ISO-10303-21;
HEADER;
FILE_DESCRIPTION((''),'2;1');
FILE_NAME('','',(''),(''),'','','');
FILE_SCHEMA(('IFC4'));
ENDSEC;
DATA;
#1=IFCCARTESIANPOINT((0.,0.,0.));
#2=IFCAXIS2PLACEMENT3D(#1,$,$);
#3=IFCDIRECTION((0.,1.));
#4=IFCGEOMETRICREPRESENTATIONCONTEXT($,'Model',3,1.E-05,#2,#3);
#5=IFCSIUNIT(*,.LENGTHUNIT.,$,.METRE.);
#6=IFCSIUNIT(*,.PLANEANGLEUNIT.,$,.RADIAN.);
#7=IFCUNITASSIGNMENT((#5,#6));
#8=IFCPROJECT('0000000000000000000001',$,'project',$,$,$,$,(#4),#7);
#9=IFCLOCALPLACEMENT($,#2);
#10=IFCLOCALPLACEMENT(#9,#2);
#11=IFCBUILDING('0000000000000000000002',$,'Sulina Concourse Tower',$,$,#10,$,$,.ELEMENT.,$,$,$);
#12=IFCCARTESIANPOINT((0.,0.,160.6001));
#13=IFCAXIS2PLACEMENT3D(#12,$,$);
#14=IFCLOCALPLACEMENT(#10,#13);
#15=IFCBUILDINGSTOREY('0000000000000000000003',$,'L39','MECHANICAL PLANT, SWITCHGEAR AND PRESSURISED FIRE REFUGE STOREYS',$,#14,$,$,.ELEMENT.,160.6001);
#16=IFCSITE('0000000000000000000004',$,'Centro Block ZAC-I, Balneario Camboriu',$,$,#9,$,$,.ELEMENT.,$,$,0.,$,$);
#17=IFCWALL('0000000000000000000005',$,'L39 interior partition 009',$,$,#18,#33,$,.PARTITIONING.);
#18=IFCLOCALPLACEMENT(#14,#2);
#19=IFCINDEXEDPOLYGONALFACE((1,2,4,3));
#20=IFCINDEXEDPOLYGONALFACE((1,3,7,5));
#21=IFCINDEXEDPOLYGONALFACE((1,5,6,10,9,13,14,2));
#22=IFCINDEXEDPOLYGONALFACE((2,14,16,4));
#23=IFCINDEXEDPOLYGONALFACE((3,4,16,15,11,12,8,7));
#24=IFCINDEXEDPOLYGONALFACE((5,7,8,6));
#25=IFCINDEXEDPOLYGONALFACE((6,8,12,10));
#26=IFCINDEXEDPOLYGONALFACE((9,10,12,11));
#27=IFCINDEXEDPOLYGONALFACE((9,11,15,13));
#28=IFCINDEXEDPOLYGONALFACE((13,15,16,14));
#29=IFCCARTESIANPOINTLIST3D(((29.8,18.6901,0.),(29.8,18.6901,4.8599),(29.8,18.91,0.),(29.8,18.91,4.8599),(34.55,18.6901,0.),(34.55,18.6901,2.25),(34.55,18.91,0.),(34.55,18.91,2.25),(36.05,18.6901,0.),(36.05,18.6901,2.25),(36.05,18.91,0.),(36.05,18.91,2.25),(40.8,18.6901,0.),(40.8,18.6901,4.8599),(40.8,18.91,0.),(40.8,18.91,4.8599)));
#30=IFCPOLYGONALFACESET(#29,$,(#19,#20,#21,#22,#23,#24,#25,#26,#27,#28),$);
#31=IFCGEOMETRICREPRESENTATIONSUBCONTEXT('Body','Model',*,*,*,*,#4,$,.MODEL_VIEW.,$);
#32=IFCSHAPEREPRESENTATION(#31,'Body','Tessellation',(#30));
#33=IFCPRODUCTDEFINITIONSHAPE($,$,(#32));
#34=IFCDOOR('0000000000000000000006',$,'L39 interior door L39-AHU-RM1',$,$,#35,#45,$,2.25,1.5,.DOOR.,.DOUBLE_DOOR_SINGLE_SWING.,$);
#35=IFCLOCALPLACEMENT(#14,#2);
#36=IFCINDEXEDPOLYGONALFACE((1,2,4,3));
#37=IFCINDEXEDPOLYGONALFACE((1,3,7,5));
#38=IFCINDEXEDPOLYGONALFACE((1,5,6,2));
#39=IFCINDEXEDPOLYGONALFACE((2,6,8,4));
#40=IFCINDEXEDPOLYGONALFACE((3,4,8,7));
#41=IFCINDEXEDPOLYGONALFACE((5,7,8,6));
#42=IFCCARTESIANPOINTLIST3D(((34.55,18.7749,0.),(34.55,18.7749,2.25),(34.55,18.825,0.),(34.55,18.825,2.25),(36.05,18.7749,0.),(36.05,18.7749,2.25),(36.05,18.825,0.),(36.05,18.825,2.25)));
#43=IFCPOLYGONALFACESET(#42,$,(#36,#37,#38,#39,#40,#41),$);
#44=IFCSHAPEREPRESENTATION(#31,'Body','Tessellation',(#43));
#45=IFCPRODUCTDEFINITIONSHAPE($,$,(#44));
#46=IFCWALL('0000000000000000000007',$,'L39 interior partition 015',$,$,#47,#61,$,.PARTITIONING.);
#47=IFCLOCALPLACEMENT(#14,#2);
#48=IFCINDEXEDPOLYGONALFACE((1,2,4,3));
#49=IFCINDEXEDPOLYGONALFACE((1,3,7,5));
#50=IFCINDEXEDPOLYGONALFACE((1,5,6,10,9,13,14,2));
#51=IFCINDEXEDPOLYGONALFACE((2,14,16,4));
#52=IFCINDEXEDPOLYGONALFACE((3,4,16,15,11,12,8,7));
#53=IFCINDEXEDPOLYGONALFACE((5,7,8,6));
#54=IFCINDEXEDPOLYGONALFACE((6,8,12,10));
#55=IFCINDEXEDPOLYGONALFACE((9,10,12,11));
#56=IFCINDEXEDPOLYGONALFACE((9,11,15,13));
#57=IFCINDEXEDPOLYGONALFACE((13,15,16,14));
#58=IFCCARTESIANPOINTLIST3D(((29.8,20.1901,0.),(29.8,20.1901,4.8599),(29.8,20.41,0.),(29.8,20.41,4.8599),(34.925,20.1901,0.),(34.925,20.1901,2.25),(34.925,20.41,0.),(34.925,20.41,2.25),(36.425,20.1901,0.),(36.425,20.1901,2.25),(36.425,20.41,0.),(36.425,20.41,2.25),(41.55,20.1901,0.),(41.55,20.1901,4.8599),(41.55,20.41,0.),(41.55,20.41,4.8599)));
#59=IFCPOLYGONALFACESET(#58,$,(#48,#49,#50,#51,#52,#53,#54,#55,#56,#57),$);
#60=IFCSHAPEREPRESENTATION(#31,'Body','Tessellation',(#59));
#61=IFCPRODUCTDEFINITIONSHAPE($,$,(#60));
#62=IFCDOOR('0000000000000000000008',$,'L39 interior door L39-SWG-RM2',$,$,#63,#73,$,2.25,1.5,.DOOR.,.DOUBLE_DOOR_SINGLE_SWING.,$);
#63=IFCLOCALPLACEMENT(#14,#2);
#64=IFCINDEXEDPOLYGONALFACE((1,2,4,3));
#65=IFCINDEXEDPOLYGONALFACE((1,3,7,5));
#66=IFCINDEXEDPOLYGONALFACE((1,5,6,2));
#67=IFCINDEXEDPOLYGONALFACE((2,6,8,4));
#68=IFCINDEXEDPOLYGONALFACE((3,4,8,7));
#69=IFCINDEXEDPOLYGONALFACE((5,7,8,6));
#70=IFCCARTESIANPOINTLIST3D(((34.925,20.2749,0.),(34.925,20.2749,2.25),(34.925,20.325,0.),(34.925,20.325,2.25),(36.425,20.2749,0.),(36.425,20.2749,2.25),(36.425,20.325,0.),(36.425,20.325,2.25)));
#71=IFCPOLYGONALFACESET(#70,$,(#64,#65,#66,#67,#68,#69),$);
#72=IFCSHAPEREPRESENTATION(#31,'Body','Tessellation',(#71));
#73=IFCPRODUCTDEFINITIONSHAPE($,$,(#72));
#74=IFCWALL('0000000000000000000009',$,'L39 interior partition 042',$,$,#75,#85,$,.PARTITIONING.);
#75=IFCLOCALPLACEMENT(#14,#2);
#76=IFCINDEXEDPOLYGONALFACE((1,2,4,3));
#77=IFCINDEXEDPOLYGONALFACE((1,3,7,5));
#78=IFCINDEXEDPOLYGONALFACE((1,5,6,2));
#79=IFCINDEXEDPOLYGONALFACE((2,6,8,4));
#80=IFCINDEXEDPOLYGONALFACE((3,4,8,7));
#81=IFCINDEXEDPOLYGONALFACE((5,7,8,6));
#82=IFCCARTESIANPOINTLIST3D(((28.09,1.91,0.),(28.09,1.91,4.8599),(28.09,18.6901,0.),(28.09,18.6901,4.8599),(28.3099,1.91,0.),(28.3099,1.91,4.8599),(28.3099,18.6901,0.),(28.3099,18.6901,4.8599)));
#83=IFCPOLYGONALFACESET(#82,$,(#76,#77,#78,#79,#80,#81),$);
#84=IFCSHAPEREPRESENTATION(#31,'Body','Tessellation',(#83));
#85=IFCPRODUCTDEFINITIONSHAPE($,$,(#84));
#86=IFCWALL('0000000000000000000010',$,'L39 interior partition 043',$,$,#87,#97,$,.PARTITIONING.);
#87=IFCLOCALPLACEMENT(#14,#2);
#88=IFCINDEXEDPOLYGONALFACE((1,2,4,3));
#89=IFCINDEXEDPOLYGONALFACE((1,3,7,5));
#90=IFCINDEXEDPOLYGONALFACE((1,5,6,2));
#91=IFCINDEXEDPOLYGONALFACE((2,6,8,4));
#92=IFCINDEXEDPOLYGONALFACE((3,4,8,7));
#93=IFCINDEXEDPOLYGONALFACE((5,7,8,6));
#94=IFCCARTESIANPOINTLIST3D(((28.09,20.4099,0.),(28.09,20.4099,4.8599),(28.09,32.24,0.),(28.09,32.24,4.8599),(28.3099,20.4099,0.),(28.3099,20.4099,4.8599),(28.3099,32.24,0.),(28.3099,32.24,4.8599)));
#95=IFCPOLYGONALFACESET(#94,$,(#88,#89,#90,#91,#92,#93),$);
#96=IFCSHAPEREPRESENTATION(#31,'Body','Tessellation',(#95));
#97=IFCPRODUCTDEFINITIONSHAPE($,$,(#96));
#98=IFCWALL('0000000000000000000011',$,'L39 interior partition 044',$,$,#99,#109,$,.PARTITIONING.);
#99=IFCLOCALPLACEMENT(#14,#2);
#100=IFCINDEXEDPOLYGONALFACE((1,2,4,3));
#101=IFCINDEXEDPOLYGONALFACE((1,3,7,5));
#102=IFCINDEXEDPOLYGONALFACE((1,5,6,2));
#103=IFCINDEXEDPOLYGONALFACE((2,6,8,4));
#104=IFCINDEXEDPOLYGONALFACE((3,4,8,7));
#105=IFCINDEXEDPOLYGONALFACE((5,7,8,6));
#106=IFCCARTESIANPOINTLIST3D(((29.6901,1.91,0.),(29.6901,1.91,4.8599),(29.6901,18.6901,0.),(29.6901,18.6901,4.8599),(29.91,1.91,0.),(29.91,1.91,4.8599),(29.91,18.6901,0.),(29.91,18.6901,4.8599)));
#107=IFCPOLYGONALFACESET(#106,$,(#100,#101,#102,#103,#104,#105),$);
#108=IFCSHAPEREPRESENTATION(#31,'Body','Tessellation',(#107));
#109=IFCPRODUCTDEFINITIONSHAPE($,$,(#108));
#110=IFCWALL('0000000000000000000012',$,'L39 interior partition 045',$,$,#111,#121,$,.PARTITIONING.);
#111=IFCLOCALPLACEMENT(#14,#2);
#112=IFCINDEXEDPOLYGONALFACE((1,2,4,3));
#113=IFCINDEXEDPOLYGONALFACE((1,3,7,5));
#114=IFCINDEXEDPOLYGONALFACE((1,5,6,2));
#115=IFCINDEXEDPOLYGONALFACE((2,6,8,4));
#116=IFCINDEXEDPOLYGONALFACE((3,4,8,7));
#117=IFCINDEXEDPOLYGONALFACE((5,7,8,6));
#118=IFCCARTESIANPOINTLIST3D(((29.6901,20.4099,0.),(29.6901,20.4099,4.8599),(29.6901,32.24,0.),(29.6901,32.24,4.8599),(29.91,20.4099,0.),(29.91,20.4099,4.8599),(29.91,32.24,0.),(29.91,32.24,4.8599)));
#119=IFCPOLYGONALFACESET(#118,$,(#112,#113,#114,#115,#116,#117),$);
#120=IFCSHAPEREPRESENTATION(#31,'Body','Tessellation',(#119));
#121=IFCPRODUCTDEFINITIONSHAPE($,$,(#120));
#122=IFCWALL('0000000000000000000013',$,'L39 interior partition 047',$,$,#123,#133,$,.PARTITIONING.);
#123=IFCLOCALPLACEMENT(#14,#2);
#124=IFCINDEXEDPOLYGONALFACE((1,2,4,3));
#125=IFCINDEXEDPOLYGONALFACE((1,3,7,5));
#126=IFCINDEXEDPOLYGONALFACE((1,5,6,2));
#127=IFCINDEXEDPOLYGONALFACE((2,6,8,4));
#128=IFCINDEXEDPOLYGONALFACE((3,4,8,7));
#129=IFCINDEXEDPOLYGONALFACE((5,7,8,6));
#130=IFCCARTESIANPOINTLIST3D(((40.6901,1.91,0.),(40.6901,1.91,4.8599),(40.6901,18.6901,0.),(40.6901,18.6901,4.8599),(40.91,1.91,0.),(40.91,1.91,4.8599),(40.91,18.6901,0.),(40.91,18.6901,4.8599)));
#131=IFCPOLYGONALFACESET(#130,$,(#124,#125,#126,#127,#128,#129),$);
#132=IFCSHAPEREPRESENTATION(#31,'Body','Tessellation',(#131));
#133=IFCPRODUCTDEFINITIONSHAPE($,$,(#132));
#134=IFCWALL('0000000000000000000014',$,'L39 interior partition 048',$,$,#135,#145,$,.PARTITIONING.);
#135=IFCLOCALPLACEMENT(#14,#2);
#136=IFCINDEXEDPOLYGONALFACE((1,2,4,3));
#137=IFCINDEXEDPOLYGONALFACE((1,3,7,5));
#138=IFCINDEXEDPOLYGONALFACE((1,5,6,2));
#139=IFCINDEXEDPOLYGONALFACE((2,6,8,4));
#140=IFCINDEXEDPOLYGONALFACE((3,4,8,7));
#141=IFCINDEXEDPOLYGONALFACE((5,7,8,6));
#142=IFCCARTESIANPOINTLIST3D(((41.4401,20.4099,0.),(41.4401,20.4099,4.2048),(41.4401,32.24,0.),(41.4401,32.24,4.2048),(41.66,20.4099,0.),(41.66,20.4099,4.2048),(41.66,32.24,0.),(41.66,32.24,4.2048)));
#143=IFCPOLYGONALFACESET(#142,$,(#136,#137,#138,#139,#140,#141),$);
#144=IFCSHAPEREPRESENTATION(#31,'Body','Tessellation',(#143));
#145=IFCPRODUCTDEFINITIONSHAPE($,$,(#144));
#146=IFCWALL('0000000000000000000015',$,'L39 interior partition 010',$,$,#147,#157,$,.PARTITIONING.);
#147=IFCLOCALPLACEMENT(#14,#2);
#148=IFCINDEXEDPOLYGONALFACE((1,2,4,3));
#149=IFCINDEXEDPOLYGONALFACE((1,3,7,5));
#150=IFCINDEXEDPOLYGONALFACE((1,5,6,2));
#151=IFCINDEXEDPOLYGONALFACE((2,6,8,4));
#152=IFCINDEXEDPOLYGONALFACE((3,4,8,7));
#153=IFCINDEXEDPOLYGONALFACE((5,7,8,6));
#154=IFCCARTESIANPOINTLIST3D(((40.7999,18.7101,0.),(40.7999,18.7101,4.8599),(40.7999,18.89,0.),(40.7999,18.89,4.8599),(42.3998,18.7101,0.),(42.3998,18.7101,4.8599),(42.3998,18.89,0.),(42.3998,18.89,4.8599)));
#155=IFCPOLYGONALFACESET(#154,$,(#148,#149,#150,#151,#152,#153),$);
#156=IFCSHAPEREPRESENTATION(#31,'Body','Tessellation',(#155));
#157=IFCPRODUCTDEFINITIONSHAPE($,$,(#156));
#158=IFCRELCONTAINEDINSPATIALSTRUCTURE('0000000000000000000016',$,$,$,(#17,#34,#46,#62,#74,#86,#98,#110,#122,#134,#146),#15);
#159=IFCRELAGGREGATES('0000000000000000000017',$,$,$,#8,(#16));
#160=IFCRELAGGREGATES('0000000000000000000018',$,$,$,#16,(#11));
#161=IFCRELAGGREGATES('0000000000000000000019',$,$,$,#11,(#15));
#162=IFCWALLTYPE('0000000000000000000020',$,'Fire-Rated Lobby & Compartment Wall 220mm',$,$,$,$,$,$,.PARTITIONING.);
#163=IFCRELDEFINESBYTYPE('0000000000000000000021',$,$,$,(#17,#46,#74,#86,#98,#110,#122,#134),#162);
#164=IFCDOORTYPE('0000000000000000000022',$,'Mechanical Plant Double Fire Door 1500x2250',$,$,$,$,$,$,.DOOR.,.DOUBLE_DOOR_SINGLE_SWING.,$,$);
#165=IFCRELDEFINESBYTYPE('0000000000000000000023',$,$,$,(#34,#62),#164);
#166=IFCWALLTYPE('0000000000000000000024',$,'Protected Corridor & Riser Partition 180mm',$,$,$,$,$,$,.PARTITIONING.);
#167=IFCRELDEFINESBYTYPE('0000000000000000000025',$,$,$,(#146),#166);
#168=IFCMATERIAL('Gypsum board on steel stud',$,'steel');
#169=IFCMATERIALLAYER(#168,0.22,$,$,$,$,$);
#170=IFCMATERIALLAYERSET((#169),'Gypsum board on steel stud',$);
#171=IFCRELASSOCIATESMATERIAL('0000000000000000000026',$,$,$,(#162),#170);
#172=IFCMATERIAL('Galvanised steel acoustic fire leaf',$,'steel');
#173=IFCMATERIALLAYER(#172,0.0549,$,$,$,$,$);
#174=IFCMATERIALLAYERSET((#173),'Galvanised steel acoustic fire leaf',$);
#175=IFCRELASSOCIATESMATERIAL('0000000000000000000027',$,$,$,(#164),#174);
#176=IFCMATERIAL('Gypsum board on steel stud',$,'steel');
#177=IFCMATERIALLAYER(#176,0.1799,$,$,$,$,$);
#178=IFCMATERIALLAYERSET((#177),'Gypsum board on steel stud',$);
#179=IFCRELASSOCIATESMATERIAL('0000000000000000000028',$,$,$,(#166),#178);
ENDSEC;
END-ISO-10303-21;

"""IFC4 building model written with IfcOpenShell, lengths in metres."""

from ifc_helpers import new_model, si_unit, direction, frame, frame_2d, origin, place, context, subcontext, project, spatial, rectangle, extrude, material, layer, layer_set, type_object, element, fill, save


model = new_model("IFC4")

# Units and contexts
model_context = context("Model", 3, precision=1e-05, world=origin(), true_north=direction((0.0, 1.0)))
body_context = subcontext(model_context, "Body", "Model", "MODEL_VIEW")
ifc_project = project(units=[si_unit("LENGTHUNIT", "METRE"), si_unit("PLANEANGLEUNIT", "RADIAN")], contexts=[model_context])

# Site, building, storey
site_placement = place(None, origin())
site = spatial("IfcSite", under=ifc_project, at=site_placement, Name="Centro Block ZAC-I, Balneario Camboriu", CompositionType="ELEMENT", RefElevation=0.0)
building_placement = place(site_placement, origin())
building = spatial("IfcBuilding", under=site, at=building_placement, Name="Sulina Concourse Tower", CompositionType="ELEMENT")
storey_placement = place(building_placement, frame((0.0, 0.0, 160.6001)))
storey = spatial("IfcBuildingStorey", under=building, at=storey_placement, Name="L39", Description="MECHANICAL PLANT, SWITCHGEAR AND PRESSURISED FIRE REFUGE STOREYS", CompositionType="ELEMENT", Elevation=160.6001)

# Shared definitions
ifc_material_1 = material(Name="Gypsum board on steel stud", Category="steel")
ifc_layer_1 = layer(ifc_material_1, 0.22)
ifc_layer_set_1 = layer_set([ifc_layer_1], Name="Gypsum board on steel stud")
wall_type_1 = type_object("IfcWallType", Name="Fire-Rated Lobby & Compartment Wall 220mm", PredefinedType="PARTITIONING", material=ifc_layer_set_1)

# Walls, openings, doors
wall_1_placement = place(storey_placement, frame((29.8, 18.8, 0.0), z_axis=(0.0, 0.0, 1.0), x_axis=(1.0, 0.0, 0.0)))
wall_1 = element("IfcWall", 1, at=wall_1_placement, inside=storey, type_object=wall_type_1, Name="L39 interior partition 009", PredefinedType="PARTITIONING", context=body_context, shape_type="SweptSolid", body=[
    extrude(rectangle(XDim=11.0, YDim=0.22, at=frame_2d((5.5, 0.0))), origin(), (0.0, 0.0, 1.0), 4.8599),
])
opening_1_placement = place(wall_1_placement, frame((4.75, 0.0, 0.0)))
opening_1 = element("IfcOpeningElement", 2, at=opening_1_placement, cuts=wall_1, PredefinedType="OPENING", context=body_context, shape_type="SweptSolid", body=[
    extrude(rectangle(XDim=1.5, YDim=2.25, at=frame_2d((0.75, 1.125))), frame((0.0, 0.1199, 0.0), z_axis=(0.0, -1.0, 0.0), x_axis=(1.0, 0.0, 0.0)), (0.0, 0.0, 1.0), 0.24),
])
ifc_material_2 = material(Name="Galvanised steel acoustic fire leaf", Category="steel")
ifc_layer_2 = layer(ifc_material_2, 0.0549)
ifc_layer_set_2 = layer_set([ifc_layer_2], Name="Galvanised steel acoustic fire leaf")
door_type = type_object("IfcDoorType", Name="Mechanical Plant Double Fire Door 1500x2250", OperationType="DOUBLE_DOOR_SINGLE_SWING", PredefinedType="DOOR", material=ifc_layer_set_2)
door_1_placement = place(opening_1_placement, origin())
door_1 = element("IfcDoor", 3, at=door_1_placement, inside=storey, type_object=door_type, Name="L39 interior door L39-AHU-RM1", OperationType="DOUBLE_DOOR_SINGLE_SWING", OverallHeight=2.25, OverallWidth=1.5, PredefinedType="DOOR", context=body_context, shape_type="SweptSolid", body=[
    extrude(rectangle(XDim=1.5, YDim=2.25, at=frame_2d((0.75, 1.125))), frame((0.0, 0.0249, 0.0), z_axis=(0.0, -1.0, 0.0), x_axis=(1.0, 0.0, 0.0)), (0.0, 0.0, 1.0), 0.05),
])
fill(opening_1, door_1)
wall_2_placement = place(storey_placement, frame((29.8, 20.3, 0.0), z_axis=(0.0, 0.0, 1.0), x_axis=(1.0, 0.0, 0.0)))
wall_2 = element("IfcWall", 4, at=wall_2_placement, inside=storey, type_object=wall_type_1, Name="L39 interior partition 015", PredefinedType="PARTITIONING", context=body_context, shape_type="SweptSolid", body=[
    extrude(rectangle(XDim=11.75, YDim=0.22, at=frame_2d((5.875, 0.0))), origin(), (0.0, 0.0, 1.0), 4.8599),
])
opening_2_placement = place(wall_2_placement, frame((5.125, 0.0, 0.0)))
opening_2 = element("IfcOpeningElement", 5, at=opening_2_placement, cuts=wall_2, PredefinedType="OPENING", context=body_context, shape_type="SweptSolid", body=[
    extrude(rectangle(XDim=1.5, YDim=2.25, at=frame_2d((0.75, 1.125))), frame((0.0, 0.1199, 0.0), z_axis=(0.0, -1.0, 0.0), x_axis=(1.0, 0.0, 0.0)), (0.0, 0.0, 1.0), 0.24),
])
door_2_placement = place(opening_2_placement, origin())
door_2 = element("IfcDoor", 6, at=door_2_placement, inside=storey, type_object=door_type, Name="L39 interior door L39-SWG-RM2", OperationType="DOUBLE_DOOR_SINGLE_SWING", OverallHeight=2.25, OverallWidth=1.5, PredefinedType="DOOR", context=body_context, shape_type="SweptSolid", body=[
    extrude(rectangle(XDim=1.5, YDim=2.25, at=frame_2d((0.75, 1.125))), frame((0.0, 0.0249, 0.0), z_axis=(0.0, -1.0, 0.0), x_axis=(1.0, 0.0, 0.0)), (0.0, 0.0, 1.0), 0.05),
])
fill(opening_2, door_2)

# Walls
wall_3_placement = place(storey_placement, frame((28.2, 1.9099, 0.0), z_axis=(0.0, 0.0, 1.0), x_axis=(0.0, 1.0, 0.0)))
element("IfcWall", 7, at=wall_3_placement, inside=storey, type_object=wall_type_1, Name="L39 interior partition 042", PredefinedType="PARTITIONING", context=body_context, shape_type="SweptSolid", body=[
    extrude(rectangle(XDim=16.78, YDim=0.22, at=frame_2d((8.3901, 0.0))), origin(), (0.0, 0.0, 1.0), 4.8599),
])
wall_4_placement = place(storey_placement, frame((28.2, 20.4099, 0.0), z_axis=(0.0, 0.0, 1.0), x_axis=(0.0, 1.0, 0.0)))
element("IfcWall", 8, at=wall_4_placement, inside=storey, type_object=wall_type_1, Name="L39 interior partition 043", PredefinedType="PARTITIONING", context=body_context, shape_type="SweptSolid", body=[
    extrude(rectangle(XDim=11.8301, YDim=0.22, at=frame_2d((5.915, 0.0))), origin(), (0.0, 0.0, 1.0), 4.8599),
])
wall_5_placement = place(storey_placement, frame((29.8, 1.9099, 0.0), z_axis=(0.0, 0.0, 1.0), x_axis=(0.0, 1.0, 0.0)))
element("IfcWall", 9, at=wall_5_placement, inside=storey, type_object=wall_type_1, Name="L39 interior partition 044", PredefinedType="PARTITIONING", context=body_context, shape_type="SweptSolid", body=[
    extrude(rectangle(XDim=16.78, YDim=0.22, at=frame_2d((8.3901, 0.0))), origin(), (0.0, 0.0, 1.0), 4.8599),
])
wall_6_placement = place(storey_placement, frame((29.8, 20.4099, 0.0), z_axis=(0.0, 0.0, 1.0), x_axis=(0.0, 1.0, 0.0)))
element("IfcWall", 10, at=wall_6_placement, inside=storey, type_object=wall_type_1, Name="L39 interior partition 045", PredefinedType="PARTITIONING", context=body_context, shape_type="SweptSolid", body=[
    extrude(rectangle(XDim=11.8301, YDim=0.22, at=frame_2d((5.915, 0.0))), origin(), (0.0, 0.0, 1.0), 4.8599),
])
wall_7_placement = place(storey_placement, frame((40.8, 1.9099, 0.0), z_axis=(0.0, 0.0, 1.0), x_axis=(0.0, 1.0, 0.0)))
element("IfcWall", 11, at=wall_7_placement, inside=storey, type_object=wall_type_1, Name="L39 interior partition 047", PredefinedType="PARTITIONING", context=body_context, shape_type="SweptSolid", body=[
    extrude(rectangle(XDim=16.78, YDim=0.22, at=frame_2d((8.3901, 0.0))), origin(), (0.0, 0.0, 1.0), 4.8599),
])
wall_8_placement = place(storey_placement, frame((41.55, 20.4099, 0.0), z_axis=(0.0, 0.0, 1.0), x_axis=(0.0, 1.0, 0.0)))
element("IfcWall", 12, at=wall_8_placement, inside=storey, type_object=wall_type_1, Name="L39 interior partition 048", PredefinedType="PARTITIONING", context=body_context, shape_type="SweptSolid", body=[
    extrude(rectangle(XDim=11.8301, YDim=0.22, at=frame_2d((5.915, 0.0))), origin(), (0.0, 0.0, 1.0), 4.2048),
])
ifc_material_3 = material(Name="Gypsum board on steel stud", Category="steel")
ifc_layer_3 = layer(ifc_material_3, 0.1799)
ifc_layer_set_3 = layer_set([ifc_layer_3], Name="Gypsum board on steel stud")
wall_type_2 = type_object("IfcWallType", Name="Protected Corridor & Riser Partition 180mm", PredefinedType="PARTITIONING", material=ifc_layer_set_3)
wall_9_placement = place(storey_placement, frame((40.8, 18.8, 0.0), z_axis=(0.0, 0.0, 1.0), x_axis=(1.0, 0.0, 0.0)))
element("IfcWall", 13, at=wall_9_placement, inside=storey, type_object=wall_type_2, Name="L39 interior partition 010", PredefinedType="PARTITIONING", context=body_context, shape_type="SweptSolid", body=[
    extrude(rectangle(XDim=1.5999, YDim=0.1799, at=frame_2d((0.7998, 0.0))), origin(), (0.0, 0.0, 1.0), 4.8599),
])

save(model, "model.ifc")
